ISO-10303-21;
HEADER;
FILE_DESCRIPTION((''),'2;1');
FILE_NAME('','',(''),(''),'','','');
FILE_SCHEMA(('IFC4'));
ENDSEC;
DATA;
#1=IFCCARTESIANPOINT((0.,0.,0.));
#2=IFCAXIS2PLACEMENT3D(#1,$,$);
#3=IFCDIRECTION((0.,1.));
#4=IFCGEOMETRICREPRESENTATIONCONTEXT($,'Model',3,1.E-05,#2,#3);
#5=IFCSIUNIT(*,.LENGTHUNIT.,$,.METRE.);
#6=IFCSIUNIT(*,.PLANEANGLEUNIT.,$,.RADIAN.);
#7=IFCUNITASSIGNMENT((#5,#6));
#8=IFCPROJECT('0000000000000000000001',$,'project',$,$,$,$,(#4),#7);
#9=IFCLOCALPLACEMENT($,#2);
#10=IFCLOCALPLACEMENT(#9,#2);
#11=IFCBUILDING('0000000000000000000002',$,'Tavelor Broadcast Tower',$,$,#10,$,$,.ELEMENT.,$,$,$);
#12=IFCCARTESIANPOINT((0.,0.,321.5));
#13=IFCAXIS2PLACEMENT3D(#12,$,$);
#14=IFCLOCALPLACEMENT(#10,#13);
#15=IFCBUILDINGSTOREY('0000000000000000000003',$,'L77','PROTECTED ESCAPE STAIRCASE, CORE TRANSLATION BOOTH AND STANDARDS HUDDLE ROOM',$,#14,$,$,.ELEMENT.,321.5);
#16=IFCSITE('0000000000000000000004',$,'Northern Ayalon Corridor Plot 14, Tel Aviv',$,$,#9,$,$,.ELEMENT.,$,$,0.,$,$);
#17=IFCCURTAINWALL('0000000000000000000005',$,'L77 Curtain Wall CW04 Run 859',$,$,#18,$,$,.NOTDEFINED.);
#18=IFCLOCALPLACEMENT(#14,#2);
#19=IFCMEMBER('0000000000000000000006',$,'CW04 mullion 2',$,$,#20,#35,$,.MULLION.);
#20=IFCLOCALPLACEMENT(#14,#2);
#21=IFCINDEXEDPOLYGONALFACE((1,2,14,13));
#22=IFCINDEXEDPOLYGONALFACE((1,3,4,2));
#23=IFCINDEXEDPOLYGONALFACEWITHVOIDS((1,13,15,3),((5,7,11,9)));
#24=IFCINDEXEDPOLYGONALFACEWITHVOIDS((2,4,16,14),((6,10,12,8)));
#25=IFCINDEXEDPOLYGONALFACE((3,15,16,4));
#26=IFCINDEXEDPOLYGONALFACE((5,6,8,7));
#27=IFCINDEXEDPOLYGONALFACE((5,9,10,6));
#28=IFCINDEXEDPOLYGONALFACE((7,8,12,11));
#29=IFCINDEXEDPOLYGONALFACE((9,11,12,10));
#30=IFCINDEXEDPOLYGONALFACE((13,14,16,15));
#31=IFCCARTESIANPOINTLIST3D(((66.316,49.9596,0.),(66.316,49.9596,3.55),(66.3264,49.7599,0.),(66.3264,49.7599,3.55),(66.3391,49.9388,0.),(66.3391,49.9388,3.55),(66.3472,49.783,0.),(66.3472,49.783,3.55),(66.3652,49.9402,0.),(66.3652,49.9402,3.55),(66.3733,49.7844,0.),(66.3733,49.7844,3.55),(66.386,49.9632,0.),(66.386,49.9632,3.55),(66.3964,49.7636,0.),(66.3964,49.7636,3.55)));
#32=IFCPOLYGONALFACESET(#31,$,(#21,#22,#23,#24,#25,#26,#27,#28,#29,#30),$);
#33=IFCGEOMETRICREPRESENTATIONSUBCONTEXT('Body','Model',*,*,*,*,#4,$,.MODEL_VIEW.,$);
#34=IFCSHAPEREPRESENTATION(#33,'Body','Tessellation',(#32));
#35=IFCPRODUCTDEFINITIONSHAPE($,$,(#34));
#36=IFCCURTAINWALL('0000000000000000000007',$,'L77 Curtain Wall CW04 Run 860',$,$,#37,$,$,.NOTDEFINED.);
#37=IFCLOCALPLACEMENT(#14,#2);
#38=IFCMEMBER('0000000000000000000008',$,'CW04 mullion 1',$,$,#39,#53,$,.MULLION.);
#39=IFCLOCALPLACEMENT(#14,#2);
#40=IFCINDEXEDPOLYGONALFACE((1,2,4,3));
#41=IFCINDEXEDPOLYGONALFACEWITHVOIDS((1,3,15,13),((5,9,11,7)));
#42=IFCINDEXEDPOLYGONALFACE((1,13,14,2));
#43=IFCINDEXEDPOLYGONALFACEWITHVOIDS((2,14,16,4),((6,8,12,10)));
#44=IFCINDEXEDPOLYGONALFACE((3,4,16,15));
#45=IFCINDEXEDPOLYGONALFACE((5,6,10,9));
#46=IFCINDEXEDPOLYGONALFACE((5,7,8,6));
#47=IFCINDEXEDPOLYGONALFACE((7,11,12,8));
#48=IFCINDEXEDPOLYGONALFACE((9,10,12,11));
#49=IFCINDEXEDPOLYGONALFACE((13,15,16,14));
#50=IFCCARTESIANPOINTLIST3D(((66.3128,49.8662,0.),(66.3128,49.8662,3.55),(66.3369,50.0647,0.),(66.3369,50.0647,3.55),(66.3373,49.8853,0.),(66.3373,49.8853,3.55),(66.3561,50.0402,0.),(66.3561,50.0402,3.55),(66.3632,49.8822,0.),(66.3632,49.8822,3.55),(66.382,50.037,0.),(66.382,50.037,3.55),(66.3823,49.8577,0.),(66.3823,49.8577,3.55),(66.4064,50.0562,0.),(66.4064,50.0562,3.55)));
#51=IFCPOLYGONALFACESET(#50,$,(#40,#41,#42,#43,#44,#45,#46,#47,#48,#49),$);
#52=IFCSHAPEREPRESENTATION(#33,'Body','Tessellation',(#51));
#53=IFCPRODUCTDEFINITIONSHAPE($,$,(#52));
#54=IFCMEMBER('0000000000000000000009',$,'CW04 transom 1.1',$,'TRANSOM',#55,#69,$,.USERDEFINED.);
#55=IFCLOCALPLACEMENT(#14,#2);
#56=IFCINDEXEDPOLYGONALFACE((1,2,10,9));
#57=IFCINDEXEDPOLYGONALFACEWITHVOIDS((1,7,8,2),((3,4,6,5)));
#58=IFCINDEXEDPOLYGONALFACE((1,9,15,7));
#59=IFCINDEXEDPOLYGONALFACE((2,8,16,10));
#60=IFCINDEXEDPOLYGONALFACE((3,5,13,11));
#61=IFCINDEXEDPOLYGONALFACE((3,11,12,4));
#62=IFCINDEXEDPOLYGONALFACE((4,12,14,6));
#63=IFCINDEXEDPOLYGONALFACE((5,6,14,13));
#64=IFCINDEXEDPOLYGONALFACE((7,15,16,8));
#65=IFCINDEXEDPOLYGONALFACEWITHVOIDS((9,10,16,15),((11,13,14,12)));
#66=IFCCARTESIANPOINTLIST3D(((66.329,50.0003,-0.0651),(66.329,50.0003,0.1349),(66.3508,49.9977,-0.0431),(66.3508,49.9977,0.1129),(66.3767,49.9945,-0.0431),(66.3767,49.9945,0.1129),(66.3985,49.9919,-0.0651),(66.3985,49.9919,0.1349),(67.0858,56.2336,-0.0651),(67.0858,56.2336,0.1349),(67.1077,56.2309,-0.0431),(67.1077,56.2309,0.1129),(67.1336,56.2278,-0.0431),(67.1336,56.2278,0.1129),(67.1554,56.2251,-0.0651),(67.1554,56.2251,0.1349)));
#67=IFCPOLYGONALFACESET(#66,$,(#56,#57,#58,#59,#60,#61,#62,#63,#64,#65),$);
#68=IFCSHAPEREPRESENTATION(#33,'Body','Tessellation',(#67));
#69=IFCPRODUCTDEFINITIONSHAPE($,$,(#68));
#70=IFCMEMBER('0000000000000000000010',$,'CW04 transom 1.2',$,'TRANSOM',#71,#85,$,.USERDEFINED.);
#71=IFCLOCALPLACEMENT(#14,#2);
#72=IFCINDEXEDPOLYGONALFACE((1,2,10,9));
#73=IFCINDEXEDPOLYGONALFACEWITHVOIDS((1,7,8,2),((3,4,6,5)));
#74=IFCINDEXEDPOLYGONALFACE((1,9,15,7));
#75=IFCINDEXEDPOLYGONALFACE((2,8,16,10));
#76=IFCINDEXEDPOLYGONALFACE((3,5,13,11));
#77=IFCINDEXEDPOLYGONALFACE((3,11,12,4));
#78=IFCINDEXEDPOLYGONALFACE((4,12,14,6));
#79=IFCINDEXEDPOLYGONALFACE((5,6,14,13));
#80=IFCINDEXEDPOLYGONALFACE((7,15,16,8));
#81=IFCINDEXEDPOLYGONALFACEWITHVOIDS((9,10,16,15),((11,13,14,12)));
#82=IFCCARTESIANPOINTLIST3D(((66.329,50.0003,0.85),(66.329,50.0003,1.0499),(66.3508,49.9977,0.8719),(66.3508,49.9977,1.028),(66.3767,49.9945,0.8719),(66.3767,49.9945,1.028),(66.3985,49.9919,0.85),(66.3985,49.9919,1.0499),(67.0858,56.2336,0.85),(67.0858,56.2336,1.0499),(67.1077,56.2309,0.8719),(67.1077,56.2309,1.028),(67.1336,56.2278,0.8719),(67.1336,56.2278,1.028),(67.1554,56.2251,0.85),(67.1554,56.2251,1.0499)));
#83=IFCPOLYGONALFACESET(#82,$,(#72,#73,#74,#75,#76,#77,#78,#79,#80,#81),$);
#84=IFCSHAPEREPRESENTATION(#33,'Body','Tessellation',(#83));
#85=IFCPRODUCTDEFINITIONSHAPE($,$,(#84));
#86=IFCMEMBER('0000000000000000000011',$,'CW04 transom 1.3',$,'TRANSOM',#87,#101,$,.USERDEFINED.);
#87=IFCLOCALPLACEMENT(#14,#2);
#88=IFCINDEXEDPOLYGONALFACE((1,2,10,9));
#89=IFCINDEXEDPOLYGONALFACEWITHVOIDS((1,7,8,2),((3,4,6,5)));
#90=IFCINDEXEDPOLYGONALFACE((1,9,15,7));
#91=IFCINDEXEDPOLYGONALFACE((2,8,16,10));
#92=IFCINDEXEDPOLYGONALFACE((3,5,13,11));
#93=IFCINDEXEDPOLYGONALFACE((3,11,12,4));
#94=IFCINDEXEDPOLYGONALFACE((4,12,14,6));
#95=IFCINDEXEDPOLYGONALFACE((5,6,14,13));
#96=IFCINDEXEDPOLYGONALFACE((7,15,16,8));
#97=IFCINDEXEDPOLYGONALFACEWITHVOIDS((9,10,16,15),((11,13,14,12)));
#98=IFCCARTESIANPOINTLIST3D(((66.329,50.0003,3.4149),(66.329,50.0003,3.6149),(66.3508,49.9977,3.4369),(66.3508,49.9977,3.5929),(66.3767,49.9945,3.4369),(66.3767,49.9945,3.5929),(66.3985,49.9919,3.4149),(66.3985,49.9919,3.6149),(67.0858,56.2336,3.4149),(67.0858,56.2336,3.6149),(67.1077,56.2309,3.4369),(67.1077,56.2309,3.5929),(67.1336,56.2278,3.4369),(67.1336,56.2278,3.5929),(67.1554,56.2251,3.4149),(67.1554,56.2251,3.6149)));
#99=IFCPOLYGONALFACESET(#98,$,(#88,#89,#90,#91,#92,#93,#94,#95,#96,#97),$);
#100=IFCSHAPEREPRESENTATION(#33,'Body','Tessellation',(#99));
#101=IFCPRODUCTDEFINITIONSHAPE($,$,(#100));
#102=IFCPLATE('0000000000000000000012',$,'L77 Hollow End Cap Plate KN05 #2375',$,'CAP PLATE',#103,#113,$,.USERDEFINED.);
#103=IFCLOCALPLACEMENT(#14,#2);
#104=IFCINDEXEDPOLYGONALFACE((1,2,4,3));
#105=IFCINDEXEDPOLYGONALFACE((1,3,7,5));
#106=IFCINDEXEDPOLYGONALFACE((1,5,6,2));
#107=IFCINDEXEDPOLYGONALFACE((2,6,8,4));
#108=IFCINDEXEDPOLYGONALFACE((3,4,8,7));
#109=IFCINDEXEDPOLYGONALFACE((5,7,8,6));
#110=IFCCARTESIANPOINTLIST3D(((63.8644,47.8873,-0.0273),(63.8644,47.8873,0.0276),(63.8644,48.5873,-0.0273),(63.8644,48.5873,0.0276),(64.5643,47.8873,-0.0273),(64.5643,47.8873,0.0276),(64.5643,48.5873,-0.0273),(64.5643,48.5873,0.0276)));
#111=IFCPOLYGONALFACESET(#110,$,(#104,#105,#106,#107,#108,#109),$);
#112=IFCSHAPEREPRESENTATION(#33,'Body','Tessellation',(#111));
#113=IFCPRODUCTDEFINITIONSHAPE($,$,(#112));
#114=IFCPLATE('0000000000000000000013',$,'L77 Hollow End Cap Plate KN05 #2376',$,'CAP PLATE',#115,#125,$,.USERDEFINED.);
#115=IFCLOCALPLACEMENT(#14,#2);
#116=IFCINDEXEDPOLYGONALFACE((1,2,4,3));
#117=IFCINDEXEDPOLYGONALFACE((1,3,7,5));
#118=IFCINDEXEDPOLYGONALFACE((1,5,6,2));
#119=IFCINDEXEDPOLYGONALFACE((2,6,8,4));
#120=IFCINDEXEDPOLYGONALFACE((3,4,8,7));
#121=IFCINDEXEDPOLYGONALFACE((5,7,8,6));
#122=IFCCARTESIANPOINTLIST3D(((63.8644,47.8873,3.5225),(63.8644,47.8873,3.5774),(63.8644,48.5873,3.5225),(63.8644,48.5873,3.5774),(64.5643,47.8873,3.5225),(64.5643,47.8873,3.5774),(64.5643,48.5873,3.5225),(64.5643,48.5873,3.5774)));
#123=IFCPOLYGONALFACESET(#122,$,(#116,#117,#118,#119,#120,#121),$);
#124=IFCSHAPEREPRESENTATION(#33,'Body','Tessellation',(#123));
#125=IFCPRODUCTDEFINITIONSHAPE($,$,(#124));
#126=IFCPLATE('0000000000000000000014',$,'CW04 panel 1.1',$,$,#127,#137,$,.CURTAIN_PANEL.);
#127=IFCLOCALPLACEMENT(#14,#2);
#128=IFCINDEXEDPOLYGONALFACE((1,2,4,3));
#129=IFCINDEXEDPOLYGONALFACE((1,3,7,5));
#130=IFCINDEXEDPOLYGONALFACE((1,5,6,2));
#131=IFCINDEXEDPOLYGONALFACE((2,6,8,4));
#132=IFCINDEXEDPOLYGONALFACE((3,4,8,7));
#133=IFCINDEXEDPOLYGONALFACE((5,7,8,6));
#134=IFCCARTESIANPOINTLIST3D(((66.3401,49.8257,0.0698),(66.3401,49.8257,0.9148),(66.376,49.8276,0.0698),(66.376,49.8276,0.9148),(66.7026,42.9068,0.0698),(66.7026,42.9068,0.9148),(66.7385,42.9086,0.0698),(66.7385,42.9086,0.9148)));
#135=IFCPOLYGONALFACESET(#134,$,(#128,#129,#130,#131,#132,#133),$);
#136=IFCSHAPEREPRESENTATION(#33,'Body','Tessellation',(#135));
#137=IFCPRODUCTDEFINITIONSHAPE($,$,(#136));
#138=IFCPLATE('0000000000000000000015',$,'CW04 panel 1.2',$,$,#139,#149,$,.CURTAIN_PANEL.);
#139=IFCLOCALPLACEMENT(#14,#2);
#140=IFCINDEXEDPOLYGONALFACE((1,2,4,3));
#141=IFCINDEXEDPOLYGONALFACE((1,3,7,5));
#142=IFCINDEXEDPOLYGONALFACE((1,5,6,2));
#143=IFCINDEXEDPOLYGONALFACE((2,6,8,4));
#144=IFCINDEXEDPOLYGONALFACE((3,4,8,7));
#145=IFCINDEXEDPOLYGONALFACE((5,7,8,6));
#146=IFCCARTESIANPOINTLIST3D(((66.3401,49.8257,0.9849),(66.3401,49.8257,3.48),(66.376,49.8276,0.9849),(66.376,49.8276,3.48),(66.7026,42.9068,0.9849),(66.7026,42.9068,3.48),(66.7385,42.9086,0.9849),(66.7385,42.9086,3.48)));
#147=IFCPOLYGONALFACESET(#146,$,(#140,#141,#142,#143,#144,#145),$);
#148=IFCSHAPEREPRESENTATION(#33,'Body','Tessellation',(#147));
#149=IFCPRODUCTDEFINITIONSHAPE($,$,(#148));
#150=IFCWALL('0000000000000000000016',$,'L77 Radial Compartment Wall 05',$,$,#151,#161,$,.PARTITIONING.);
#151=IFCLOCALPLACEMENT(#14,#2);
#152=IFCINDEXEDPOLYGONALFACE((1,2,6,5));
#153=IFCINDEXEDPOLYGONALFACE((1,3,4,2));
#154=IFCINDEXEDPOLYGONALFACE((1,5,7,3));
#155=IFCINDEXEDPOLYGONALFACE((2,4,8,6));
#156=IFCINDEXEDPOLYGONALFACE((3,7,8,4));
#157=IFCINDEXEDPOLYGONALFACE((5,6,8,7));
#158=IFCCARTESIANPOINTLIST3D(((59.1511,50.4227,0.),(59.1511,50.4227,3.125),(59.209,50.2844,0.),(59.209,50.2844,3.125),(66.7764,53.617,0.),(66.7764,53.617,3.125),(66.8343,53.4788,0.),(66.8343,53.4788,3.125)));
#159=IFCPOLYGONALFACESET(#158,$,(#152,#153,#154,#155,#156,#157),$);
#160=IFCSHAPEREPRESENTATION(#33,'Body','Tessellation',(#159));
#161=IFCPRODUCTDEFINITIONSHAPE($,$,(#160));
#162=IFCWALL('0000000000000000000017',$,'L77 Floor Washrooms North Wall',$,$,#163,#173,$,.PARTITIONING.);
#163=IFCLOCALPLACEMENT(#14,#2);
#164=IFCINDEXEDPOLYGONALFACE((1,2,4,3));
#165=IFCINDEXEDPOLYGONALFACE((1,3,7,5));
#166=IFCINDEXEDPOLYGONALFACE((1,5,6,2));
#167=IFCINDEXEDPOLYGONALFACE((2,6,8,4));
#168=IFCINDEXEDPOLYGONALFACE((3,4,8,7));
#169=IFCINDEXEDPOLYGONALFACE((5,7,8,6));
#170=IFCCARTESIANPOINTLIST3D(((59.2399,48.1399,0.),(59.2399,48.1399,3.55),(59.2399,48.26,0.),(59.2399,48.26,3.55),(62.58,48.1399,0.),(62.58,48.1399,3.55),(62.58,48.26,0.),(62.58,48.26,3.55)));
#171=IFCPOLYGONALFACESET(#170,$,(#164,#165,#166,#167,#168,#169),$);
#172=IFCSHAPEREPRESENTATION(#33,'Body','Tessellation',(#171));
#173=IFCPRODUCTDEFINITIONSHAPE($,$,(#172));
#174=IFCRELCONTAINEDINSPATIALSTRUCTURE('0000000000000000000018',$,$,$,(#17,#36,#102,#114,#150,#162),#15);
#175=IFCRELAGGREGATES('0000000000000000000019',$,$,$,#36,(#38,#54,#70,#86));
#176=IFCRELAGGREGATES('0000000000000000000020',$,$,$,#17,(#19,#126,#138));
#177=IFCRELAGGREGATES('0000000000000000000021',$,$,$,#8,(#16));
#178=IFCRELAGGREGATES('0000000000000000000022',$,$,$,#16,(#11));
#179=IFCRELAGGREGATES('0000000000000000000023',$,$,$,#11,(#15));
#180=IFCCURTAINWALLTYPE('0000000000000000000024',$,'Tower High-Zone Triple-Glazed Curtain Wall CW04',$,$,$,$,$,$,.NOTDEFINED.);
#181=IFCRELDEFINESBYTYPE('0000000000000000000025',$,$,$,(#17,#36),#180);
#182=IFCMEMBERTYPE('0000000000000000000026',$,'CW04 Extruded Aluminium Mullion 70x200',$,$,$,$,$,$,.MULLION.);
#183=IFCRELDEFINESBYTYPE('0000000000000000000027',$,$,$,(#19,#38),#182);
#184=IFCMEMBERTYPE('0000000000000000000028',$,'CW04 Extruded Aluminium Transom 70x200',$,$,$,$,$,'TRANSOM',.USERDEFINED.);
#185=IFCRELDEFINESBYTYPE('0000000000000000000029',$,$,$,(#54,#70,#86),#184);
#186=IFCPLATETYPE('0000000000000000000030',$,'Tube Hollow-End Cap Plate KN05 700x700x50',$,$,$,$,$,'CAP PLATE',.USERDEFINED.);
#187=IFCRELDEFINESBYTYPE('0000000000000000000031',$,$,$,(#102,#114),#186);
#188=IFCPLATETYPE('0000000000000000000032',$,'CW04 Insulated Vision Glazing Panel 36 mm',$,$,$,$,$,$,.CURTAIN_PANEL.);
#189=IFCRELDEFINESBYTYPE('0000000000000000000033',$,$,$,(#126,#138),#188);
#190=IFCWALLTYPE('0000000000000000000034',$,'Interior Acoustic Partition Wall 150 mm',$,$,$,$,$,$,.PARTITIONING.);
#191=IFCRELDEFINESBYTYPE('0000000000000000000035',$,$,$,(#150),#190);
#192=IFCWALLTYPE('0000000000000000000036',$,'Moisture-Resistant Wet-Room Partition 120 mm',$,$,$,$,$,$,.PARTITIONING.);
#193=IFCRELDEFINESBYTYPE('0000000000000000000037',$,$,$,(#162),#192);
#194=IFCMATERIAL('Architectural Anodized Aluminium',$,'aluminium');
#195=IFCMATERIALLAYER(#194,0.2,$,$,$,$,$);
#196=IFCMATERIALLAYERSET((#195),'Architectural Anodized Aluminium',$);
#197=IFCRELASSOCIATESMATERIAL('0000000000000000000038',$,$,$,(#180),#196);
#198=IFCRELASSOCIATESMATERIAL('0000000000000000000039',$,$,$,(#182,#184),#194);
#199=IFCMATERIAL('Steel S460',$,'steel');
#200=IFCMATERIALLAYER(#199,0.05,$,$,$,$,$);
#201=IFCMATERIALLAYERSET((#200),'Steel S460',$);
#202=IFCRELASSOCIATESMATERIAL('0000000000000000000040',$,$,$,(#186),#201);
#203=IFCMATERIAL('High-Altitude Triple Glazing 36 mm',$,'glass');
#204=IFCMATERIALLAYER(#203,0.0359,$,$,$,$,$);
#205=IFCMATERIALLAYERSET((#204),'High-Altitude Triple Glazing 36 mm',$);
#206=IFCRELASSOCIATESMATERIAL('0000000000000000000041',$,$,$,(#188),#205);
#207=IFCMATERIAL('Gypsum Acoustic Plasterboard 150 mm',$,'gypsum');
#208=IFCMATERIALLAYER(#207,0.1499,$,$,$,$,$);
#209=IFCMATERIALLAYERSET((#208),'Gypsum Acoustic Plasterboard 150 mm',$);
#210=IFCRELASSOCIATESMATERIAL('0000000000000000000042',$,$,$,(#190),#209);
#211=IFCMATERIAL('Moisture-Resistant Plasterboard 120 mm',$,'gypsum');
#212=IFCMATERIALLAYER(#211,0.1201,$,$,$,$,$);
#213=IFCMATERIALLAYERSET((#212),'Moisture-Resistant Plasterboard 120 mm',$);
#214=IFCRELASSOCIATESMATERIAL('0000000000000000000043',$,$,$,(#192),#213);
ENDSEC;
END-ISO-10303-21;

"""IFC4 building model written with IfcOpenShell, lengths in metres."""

from ifc_helpers import new_model, si_unit, direction, frame, frame_2d, origin, origin_2d, place, context, subcontext, project, spatial, rectangle, hollow_rectangle, extrude, source, transform, mapped, material, layer, layer_set, material_profile, profile_set, type_object, type_shapes, element, aggregate, save


model = new_model("IFC4")

# Units and contexts
model_context = context("Model", 3, precision=1e-05, world=origin(), true_north=direction((0.0, 1.0)))
body_context = subcontext(model_context, "Body", "Model", "MODEL_VIEW")
ifc_project = project(units=[si_unit("LENGTHUNIT", "METRE"), si_unit("PLANEANGLEUNIT", "RADIAN")], contexts=[model_context])

# Site, building, storey
site_placement = place(None, origin())
site = spatial("IfcSite", under=ifc_project, at=site_placement, Name="Northern Ayalon Corridor Plot 14, Tel Aviv", CompositionType="ELEMENT", RefElevation=0.0)
building_placement = place(site_placement, origin())
building = spatial("IfcBuilding", under=site, at=building_placement, Name="Tavelor Broadcast Tower", CompositionType="ELEMENT")
storey_placement = place(building_placement, frame((0.0, 0.0, 321.5)))
storey = spatial("IfcBuildingStorey", under=building, at=storey_placement, Name="L77", Description="PROTECTED ESCAPE STAIRCASE, CORE TRANSLATION BOOTH AND STANDARDS HUDDLE ROOM", CompositionType="ELEMENT", Elevation=321.5)

# Shared definitions
ifc_material_1 = material(Name="Steel S460", Category="steel")

# Curtain wall, member
ifc_material_2 = material(Name="Architectural Anodized Aluminium", Category="aluminium")
ifc_layer_1 = layer(ifc_material_2, 0.2)
ifc_layer_set_1 = layer_set([ifc_layer_1], Name="Architectural Anodized Aluminium")
curtain_wall_type = type_object("IfcCurtainWallType", Name="Tower High-Zone Triple-Glazed Curtain Wall CW04", PredefinedType="NOTDEFINED", material=ifc_layer_set_1)
curtain_wall_1_placement = place(storey_placement, origin())
curtain_wall_1 = element("IfcCurtainWall", 1, at=curtain_wall_1_placement, inside=storey, type_object=curtain_wall_type, Name="L77 Curtain Wall CW04 Run 859", PredefinedType="NOTDEFINED")
ifc_material_profile_1 = material_profile(ifc_material_2, hollow_rectangle(XDim=0.0701, YDim=0.2, WallThickness=0.022, at=origin_2d()), Name="RHS 70x200x22")
ifc_profile_set_1 = profile_set([ifc_material_profile_1], Name="Architectural Anodized Aluminium")
member_type_1 = type_object("IfcMemberType", Name="CW04 Extruded Aluminium Mullion 70x200", PredefinedType="MULLION", material=ifc_profile_set_1)
shared_shape_1 = source(origin(), body_context, "Body", "SweptSolid", [
    extrude(hollow_rectangle(XDim=0.0701, YDim=0.2, WallThickness=0.022, at=origin_2d()), origin(), (0.0, 0.0, 1.0), 3.55),
])
type_shapes(member_type_1, [shared_shape_1])
member_1_placement = place(storey_placement, frame((66.3562, 49.8616, 0.0), z_axis=(0.0, 0.0, 1.0), x_axis=(-0.998631, -0.052317, 0.0)))
member_1 = element("IfcMember", 2, at=member_1_placement, type_object=member_type_1, Name="CW04 mullion 2", PredefinedType="MULLION", context=body_context, shape_type="MappedRepresentation", body=[
    mapped(shared_shape_1, transform((0.0, 0.0, 0.0), scale=1.0)),
])

# Curtain wall, members
curtain_wall_2_placement = place(storey_placement, origin())
curtain_wall_2 = element("IfcCurtainWall", 3, at=curtain_wall_2_placement, inside=storey, type_object=curtain_wall_type, Name="L77 Curtain Wall CW04 Run 860", PredefinedType="NOTDEFINED")
member_2_placement = place(storey_placement, frame((66.3596, 49.9612, 0.0), z_axis=(0.0, 0.0, 1.0), x_axis=(-0.99271, 0.120531, 0.0)))
member_2 = element("IfcMember", 4, at=member_2_placement, type_object=member_type_1, Name="CW04 mullion 1", PredefinedType="MULLION", context=body_context, shape_type="MappedRepresentation", body=[
    mapped(shared_shape_1, transform((0.0, 0.0, 0.0), scale=1.0)),
])
ifc_material_profile_2 = material_profile(ifc_material_2, hollow_rectangle(XDim=0.0701, YDim=0.2, WallThickness=0.022, at=origin_2d()), Name="RHS 70x200x22")
ifc_profile_set_2 = profile_set([ifc_material_profile_2], Name="Architectural Anodized Aluminium")
member_type_2 = type_object("IfcMemberType", Name="CW04 Extruded Aluminium Transom 70x200", ElementType="TRANSOM", PredefinedType="USERDEFINED", material=ifc_profile_set_2)
shared_shape_2 = source(origin(), body_context, "Body", "SweptSolid", [
    extrude(hollow_rectangle(XDim=0.0701, YDim=0.2, WallThickness=0.022, at=origin_2d()), origin(), (0.0, 0.0, 1.0), 6.2791),
])
type_shapes(member_type_2, [shared_shape_2])
member_3_placement = place(storey_placement, frame((66.3638, 49.9961, 0.0349), z_axis=(0.120536, 0.992709, 0.0), x_axis=(-0.992709, 0.120536, 0.0)))
member_3 = element("IfcMember", 5, at=member_3_placement, type_object=member_type_2, Name="CW04 transom 1.1", ObjectType="TRANSOM", PredefinedType="USERDEFINED", context=body_context, shape_type="MappedRepresentation", body=[
    mapped(shared_shape_2, transform((0.0, 0.0, 0.0), scale=1.0)),
])
member_4_placement = place(storey_placement, frame((66.3638, 49.9961, 0.95), z_axis=(0.120536, 0.992709, 0.0), x_axis=(-0.992709, 0.120536, 0.0)))
member_4 = element("IfcMember", 6, at=member_4_placement, type_object=member_type_2, Name="CW04 transom 1.2", ObjectType="TRANSOM", PredefinedType="USERDEFINED", context=body_context, shape_type="MappedRepresentation", body=[
    mapped(shared_shape_2, transform((0.0, 0.0, 0.0), scale=1.0)),
])
member_5_placement = place(storey_placement, frame((66.3638, 49.9961, 3.5149), z_axis=(0.120536, 0.992709, 0.0), x_axis=(-0.992709, 0.120536, 0.0)))
member_5 = element("IfcMember", 7, at=member_5_placement, type_object=member_type_2, Name="CW04 transom 1.3", ObjectType="TRANSOM", PredefinedType="USERDEFINED", context=body_context, shape_type="MappedRepresentation", body=[
    mapped(shared_shape_2, transform((0.0, 0.0, 0.0), scale=1.0)),
])
aggregate(curtain_wall_2, [member_2, member_3, member_4, member_5])

# Plates
ifc_layer_2 = layer(ifc_material_1, 0.05)
ifc_layer_set_2 = layer_set([ifc_layer_2], Name="Steel S460")
plate_type_1 = type_object("IfcPlateType", Name="Tube Hollow-End Cap Plate KN05 700x700x50", ElementType="CAP PLATE", PredefinedType="USERDEFINED", material=ifc_layer_set_2)
shared_shape_3 = source(origin(), body_context, "Body", "SweptSolid", [
    extrude(rectangle(XDim=0.7, YDim=0.7, at=origin_2d()), origin(), (0.0, 0.0, 1.0), 0.0549),
])
type_shapes(plate_type_1, [shared_shape_3])
for number, where, z_axis, x_axis, name in (
    (8, (64.2144, 48.2373, -0.0273), (0.0, 0.0, 1.0), (1.0, 0.0, 0.0), "L77 Hollow End Cap Plate KN05 #2375"),
    (9, (64.2144, 48.2373, 3.5225), (0.0, 0.0, 1.0), (1.0, 0.0, 0.0), "L77 Hollow End Cap Plate KN05 #2376"),
):
    element("IfcPlate", number, at=place(storey_placement, frame(where, z_axis=z_axis, x_axis=x_axis)), inside=storey, type_object=plate_type_1, Name=name, ObjectType="CAP PLATE", PredefinedType="USERDEFINED", context=body_context, shape_type="MappedRepresentation", body=[
        mapped(shared_shape_3, transform((0.0, 0.0, 0.0), scale=1.0)),
    ])

# Plates
ifc_material_3 = material(Name="High-Altitude Triple Glazing 36 mm", Category="glass")
ifc_layer_3 = layer(ifc_material_3, 0.0359)
ifc_layer_set_3 = layer_set([ifc_layer_3], Name="High-Altitude Triple Glazing 36 mm")
plate_type_2 = type_object("IfcPlateType", Name="CW04 Insulated Vision Glazing Panel 36 mm", PredefinedType="CURTAIN_PANEL", material=ifc_layer_set_3)
shared_shape_4 = source(origin(), body_context, "Body", "SweptSolid", [
    extrude(rectangle(XDim=6.9285, YDim=0.0359, at=origin_2d()), origin(), (0.0, 0.0, 1.0), 0.845),
])
plate_1_placement = place(storey_placement, frame((66.5393, 46.3672, 0.0698), z_axis=(0.0, 0.0, 1.0), x_axis=(-0.052317, 0.998631, 0.0)))
plate_1 = element("IfcPlate", 10, at=plate_1_placement, type_object=plate_type_2, Name="CW04 panel 1.1", PredefinedType="CURTAIN_PANEL", context=body_context, shape_type="MappedRepresentation", body=[
    mapped(shared_shape_4, transform((0.0, 0.0, 0.0), scale=1.0)),
])
shared_shape_5 = source(origin(), body_context, "Body", "SweptSolid", [
    extrude(rectangle(XDim=6.9285, YDim=0.0359, at=origin_2d()), origin(), (0.0, 0.0, 1.0), 2.4951),
])
type_shapes(plate_type_2, [shared_shape_4, shared_shape_5])
plate_2_placement = place(storey_placement, frame((66.5393, 46.3672, 0.9849), z_axis=(0.0, 0.0, 1.0), x_axis=(-0.052317, 0.998631, 0.0)))
plate_2 = element("IfcPlate", 11, at=plate_2_placement, type_object=plate_type_2, Name="CW04 panel 1.2", PredefinedType="CURTAIN_PANEL", context=body_context, shape_type="MappedRepresentation", body=[
    mapped(shared_shape_5, transform((0.0, 0.0, 0.0), scale=1.0)),
])
aggregate(curtain_wall_1, [member_1, plate_1, plate_2])

# Walls
ifc_material_4 = material(Name="Gypsum Acoustic Plasterboard 150 mm", Category="gypsum")
ifc_layer_4 = layer(ifc_material_4, 0.1499)
ifc_layer_set_4 = layer_set([ifc_layer_4], Name="Gypsum Acoustic Plasterboard 150 mm")
wall_type_1 = type_object("IfcWallType", Name="Interior Acoustic Partition Wall 150 mm", PredefinedType="PARTITIONING", material=ifc_layer_set_4)
wall_1_placement = place(storey_placement, frame((59.1799, 50.3535, 0.0), z_axis=(0.0, 0.0, 1.0), x_axis=(0.922339, 0.386382, 0.0)))
element("IfcWall", 12, at=wall_1_placement, inside=storey, type_object=wall_type_1, Name="L77 Radial Compartment Wall 05", PredefinedType="PARTITIONING", context=body_context, shape_type="SweptSolid", body=[
    extrude(rectangle(XDim=8.2673, YDim=0.1499, at=frame_2d((4.1338, 0.0))), origin(), (0.0, 0.0, 1.0), 3.125),
])
ifc_material_5 = material(Name="Moisture-Resistant Plasterboard 120 mm", Category="gypsum")
ifc_layer_5 = layer(ifc_material_5, 0.1201)
ifc_layer_set_5 = layer_set([ifc_layer_5], Name="Moisture-Resistant Plasterboard 120 mm")
wall_type_2 = type_object("IfcWallType", Name="Moisture-Resistant Wet-Room Partition 120 mm", PredefinedType="PARTITIONING", material=ifc_layer_set_5)
wall_2_placement = place(storey_placement, frame((59.24, 48.2, 0.0), z_axis=(0.0, 0.0, 1.0), x_axis=(1.0, 0.0, 0.0)))
element("IfcWall", 13, at=wall_2_placement, inside=storey, type_object=wall_type_2, Name="L77 Floor Washrooms North Wall", PredefinedType="PARTITIONING", context=body_context, shape_type="SweptSolid", body=[
    extrude(rectangle(XDim=3.3401, YDim=0.1201, at=frame_2d((1.6699, 0.0))), origin(), (0.0, 0.0, 1.0), 3.55),
])

save(model, "model.ifc")
